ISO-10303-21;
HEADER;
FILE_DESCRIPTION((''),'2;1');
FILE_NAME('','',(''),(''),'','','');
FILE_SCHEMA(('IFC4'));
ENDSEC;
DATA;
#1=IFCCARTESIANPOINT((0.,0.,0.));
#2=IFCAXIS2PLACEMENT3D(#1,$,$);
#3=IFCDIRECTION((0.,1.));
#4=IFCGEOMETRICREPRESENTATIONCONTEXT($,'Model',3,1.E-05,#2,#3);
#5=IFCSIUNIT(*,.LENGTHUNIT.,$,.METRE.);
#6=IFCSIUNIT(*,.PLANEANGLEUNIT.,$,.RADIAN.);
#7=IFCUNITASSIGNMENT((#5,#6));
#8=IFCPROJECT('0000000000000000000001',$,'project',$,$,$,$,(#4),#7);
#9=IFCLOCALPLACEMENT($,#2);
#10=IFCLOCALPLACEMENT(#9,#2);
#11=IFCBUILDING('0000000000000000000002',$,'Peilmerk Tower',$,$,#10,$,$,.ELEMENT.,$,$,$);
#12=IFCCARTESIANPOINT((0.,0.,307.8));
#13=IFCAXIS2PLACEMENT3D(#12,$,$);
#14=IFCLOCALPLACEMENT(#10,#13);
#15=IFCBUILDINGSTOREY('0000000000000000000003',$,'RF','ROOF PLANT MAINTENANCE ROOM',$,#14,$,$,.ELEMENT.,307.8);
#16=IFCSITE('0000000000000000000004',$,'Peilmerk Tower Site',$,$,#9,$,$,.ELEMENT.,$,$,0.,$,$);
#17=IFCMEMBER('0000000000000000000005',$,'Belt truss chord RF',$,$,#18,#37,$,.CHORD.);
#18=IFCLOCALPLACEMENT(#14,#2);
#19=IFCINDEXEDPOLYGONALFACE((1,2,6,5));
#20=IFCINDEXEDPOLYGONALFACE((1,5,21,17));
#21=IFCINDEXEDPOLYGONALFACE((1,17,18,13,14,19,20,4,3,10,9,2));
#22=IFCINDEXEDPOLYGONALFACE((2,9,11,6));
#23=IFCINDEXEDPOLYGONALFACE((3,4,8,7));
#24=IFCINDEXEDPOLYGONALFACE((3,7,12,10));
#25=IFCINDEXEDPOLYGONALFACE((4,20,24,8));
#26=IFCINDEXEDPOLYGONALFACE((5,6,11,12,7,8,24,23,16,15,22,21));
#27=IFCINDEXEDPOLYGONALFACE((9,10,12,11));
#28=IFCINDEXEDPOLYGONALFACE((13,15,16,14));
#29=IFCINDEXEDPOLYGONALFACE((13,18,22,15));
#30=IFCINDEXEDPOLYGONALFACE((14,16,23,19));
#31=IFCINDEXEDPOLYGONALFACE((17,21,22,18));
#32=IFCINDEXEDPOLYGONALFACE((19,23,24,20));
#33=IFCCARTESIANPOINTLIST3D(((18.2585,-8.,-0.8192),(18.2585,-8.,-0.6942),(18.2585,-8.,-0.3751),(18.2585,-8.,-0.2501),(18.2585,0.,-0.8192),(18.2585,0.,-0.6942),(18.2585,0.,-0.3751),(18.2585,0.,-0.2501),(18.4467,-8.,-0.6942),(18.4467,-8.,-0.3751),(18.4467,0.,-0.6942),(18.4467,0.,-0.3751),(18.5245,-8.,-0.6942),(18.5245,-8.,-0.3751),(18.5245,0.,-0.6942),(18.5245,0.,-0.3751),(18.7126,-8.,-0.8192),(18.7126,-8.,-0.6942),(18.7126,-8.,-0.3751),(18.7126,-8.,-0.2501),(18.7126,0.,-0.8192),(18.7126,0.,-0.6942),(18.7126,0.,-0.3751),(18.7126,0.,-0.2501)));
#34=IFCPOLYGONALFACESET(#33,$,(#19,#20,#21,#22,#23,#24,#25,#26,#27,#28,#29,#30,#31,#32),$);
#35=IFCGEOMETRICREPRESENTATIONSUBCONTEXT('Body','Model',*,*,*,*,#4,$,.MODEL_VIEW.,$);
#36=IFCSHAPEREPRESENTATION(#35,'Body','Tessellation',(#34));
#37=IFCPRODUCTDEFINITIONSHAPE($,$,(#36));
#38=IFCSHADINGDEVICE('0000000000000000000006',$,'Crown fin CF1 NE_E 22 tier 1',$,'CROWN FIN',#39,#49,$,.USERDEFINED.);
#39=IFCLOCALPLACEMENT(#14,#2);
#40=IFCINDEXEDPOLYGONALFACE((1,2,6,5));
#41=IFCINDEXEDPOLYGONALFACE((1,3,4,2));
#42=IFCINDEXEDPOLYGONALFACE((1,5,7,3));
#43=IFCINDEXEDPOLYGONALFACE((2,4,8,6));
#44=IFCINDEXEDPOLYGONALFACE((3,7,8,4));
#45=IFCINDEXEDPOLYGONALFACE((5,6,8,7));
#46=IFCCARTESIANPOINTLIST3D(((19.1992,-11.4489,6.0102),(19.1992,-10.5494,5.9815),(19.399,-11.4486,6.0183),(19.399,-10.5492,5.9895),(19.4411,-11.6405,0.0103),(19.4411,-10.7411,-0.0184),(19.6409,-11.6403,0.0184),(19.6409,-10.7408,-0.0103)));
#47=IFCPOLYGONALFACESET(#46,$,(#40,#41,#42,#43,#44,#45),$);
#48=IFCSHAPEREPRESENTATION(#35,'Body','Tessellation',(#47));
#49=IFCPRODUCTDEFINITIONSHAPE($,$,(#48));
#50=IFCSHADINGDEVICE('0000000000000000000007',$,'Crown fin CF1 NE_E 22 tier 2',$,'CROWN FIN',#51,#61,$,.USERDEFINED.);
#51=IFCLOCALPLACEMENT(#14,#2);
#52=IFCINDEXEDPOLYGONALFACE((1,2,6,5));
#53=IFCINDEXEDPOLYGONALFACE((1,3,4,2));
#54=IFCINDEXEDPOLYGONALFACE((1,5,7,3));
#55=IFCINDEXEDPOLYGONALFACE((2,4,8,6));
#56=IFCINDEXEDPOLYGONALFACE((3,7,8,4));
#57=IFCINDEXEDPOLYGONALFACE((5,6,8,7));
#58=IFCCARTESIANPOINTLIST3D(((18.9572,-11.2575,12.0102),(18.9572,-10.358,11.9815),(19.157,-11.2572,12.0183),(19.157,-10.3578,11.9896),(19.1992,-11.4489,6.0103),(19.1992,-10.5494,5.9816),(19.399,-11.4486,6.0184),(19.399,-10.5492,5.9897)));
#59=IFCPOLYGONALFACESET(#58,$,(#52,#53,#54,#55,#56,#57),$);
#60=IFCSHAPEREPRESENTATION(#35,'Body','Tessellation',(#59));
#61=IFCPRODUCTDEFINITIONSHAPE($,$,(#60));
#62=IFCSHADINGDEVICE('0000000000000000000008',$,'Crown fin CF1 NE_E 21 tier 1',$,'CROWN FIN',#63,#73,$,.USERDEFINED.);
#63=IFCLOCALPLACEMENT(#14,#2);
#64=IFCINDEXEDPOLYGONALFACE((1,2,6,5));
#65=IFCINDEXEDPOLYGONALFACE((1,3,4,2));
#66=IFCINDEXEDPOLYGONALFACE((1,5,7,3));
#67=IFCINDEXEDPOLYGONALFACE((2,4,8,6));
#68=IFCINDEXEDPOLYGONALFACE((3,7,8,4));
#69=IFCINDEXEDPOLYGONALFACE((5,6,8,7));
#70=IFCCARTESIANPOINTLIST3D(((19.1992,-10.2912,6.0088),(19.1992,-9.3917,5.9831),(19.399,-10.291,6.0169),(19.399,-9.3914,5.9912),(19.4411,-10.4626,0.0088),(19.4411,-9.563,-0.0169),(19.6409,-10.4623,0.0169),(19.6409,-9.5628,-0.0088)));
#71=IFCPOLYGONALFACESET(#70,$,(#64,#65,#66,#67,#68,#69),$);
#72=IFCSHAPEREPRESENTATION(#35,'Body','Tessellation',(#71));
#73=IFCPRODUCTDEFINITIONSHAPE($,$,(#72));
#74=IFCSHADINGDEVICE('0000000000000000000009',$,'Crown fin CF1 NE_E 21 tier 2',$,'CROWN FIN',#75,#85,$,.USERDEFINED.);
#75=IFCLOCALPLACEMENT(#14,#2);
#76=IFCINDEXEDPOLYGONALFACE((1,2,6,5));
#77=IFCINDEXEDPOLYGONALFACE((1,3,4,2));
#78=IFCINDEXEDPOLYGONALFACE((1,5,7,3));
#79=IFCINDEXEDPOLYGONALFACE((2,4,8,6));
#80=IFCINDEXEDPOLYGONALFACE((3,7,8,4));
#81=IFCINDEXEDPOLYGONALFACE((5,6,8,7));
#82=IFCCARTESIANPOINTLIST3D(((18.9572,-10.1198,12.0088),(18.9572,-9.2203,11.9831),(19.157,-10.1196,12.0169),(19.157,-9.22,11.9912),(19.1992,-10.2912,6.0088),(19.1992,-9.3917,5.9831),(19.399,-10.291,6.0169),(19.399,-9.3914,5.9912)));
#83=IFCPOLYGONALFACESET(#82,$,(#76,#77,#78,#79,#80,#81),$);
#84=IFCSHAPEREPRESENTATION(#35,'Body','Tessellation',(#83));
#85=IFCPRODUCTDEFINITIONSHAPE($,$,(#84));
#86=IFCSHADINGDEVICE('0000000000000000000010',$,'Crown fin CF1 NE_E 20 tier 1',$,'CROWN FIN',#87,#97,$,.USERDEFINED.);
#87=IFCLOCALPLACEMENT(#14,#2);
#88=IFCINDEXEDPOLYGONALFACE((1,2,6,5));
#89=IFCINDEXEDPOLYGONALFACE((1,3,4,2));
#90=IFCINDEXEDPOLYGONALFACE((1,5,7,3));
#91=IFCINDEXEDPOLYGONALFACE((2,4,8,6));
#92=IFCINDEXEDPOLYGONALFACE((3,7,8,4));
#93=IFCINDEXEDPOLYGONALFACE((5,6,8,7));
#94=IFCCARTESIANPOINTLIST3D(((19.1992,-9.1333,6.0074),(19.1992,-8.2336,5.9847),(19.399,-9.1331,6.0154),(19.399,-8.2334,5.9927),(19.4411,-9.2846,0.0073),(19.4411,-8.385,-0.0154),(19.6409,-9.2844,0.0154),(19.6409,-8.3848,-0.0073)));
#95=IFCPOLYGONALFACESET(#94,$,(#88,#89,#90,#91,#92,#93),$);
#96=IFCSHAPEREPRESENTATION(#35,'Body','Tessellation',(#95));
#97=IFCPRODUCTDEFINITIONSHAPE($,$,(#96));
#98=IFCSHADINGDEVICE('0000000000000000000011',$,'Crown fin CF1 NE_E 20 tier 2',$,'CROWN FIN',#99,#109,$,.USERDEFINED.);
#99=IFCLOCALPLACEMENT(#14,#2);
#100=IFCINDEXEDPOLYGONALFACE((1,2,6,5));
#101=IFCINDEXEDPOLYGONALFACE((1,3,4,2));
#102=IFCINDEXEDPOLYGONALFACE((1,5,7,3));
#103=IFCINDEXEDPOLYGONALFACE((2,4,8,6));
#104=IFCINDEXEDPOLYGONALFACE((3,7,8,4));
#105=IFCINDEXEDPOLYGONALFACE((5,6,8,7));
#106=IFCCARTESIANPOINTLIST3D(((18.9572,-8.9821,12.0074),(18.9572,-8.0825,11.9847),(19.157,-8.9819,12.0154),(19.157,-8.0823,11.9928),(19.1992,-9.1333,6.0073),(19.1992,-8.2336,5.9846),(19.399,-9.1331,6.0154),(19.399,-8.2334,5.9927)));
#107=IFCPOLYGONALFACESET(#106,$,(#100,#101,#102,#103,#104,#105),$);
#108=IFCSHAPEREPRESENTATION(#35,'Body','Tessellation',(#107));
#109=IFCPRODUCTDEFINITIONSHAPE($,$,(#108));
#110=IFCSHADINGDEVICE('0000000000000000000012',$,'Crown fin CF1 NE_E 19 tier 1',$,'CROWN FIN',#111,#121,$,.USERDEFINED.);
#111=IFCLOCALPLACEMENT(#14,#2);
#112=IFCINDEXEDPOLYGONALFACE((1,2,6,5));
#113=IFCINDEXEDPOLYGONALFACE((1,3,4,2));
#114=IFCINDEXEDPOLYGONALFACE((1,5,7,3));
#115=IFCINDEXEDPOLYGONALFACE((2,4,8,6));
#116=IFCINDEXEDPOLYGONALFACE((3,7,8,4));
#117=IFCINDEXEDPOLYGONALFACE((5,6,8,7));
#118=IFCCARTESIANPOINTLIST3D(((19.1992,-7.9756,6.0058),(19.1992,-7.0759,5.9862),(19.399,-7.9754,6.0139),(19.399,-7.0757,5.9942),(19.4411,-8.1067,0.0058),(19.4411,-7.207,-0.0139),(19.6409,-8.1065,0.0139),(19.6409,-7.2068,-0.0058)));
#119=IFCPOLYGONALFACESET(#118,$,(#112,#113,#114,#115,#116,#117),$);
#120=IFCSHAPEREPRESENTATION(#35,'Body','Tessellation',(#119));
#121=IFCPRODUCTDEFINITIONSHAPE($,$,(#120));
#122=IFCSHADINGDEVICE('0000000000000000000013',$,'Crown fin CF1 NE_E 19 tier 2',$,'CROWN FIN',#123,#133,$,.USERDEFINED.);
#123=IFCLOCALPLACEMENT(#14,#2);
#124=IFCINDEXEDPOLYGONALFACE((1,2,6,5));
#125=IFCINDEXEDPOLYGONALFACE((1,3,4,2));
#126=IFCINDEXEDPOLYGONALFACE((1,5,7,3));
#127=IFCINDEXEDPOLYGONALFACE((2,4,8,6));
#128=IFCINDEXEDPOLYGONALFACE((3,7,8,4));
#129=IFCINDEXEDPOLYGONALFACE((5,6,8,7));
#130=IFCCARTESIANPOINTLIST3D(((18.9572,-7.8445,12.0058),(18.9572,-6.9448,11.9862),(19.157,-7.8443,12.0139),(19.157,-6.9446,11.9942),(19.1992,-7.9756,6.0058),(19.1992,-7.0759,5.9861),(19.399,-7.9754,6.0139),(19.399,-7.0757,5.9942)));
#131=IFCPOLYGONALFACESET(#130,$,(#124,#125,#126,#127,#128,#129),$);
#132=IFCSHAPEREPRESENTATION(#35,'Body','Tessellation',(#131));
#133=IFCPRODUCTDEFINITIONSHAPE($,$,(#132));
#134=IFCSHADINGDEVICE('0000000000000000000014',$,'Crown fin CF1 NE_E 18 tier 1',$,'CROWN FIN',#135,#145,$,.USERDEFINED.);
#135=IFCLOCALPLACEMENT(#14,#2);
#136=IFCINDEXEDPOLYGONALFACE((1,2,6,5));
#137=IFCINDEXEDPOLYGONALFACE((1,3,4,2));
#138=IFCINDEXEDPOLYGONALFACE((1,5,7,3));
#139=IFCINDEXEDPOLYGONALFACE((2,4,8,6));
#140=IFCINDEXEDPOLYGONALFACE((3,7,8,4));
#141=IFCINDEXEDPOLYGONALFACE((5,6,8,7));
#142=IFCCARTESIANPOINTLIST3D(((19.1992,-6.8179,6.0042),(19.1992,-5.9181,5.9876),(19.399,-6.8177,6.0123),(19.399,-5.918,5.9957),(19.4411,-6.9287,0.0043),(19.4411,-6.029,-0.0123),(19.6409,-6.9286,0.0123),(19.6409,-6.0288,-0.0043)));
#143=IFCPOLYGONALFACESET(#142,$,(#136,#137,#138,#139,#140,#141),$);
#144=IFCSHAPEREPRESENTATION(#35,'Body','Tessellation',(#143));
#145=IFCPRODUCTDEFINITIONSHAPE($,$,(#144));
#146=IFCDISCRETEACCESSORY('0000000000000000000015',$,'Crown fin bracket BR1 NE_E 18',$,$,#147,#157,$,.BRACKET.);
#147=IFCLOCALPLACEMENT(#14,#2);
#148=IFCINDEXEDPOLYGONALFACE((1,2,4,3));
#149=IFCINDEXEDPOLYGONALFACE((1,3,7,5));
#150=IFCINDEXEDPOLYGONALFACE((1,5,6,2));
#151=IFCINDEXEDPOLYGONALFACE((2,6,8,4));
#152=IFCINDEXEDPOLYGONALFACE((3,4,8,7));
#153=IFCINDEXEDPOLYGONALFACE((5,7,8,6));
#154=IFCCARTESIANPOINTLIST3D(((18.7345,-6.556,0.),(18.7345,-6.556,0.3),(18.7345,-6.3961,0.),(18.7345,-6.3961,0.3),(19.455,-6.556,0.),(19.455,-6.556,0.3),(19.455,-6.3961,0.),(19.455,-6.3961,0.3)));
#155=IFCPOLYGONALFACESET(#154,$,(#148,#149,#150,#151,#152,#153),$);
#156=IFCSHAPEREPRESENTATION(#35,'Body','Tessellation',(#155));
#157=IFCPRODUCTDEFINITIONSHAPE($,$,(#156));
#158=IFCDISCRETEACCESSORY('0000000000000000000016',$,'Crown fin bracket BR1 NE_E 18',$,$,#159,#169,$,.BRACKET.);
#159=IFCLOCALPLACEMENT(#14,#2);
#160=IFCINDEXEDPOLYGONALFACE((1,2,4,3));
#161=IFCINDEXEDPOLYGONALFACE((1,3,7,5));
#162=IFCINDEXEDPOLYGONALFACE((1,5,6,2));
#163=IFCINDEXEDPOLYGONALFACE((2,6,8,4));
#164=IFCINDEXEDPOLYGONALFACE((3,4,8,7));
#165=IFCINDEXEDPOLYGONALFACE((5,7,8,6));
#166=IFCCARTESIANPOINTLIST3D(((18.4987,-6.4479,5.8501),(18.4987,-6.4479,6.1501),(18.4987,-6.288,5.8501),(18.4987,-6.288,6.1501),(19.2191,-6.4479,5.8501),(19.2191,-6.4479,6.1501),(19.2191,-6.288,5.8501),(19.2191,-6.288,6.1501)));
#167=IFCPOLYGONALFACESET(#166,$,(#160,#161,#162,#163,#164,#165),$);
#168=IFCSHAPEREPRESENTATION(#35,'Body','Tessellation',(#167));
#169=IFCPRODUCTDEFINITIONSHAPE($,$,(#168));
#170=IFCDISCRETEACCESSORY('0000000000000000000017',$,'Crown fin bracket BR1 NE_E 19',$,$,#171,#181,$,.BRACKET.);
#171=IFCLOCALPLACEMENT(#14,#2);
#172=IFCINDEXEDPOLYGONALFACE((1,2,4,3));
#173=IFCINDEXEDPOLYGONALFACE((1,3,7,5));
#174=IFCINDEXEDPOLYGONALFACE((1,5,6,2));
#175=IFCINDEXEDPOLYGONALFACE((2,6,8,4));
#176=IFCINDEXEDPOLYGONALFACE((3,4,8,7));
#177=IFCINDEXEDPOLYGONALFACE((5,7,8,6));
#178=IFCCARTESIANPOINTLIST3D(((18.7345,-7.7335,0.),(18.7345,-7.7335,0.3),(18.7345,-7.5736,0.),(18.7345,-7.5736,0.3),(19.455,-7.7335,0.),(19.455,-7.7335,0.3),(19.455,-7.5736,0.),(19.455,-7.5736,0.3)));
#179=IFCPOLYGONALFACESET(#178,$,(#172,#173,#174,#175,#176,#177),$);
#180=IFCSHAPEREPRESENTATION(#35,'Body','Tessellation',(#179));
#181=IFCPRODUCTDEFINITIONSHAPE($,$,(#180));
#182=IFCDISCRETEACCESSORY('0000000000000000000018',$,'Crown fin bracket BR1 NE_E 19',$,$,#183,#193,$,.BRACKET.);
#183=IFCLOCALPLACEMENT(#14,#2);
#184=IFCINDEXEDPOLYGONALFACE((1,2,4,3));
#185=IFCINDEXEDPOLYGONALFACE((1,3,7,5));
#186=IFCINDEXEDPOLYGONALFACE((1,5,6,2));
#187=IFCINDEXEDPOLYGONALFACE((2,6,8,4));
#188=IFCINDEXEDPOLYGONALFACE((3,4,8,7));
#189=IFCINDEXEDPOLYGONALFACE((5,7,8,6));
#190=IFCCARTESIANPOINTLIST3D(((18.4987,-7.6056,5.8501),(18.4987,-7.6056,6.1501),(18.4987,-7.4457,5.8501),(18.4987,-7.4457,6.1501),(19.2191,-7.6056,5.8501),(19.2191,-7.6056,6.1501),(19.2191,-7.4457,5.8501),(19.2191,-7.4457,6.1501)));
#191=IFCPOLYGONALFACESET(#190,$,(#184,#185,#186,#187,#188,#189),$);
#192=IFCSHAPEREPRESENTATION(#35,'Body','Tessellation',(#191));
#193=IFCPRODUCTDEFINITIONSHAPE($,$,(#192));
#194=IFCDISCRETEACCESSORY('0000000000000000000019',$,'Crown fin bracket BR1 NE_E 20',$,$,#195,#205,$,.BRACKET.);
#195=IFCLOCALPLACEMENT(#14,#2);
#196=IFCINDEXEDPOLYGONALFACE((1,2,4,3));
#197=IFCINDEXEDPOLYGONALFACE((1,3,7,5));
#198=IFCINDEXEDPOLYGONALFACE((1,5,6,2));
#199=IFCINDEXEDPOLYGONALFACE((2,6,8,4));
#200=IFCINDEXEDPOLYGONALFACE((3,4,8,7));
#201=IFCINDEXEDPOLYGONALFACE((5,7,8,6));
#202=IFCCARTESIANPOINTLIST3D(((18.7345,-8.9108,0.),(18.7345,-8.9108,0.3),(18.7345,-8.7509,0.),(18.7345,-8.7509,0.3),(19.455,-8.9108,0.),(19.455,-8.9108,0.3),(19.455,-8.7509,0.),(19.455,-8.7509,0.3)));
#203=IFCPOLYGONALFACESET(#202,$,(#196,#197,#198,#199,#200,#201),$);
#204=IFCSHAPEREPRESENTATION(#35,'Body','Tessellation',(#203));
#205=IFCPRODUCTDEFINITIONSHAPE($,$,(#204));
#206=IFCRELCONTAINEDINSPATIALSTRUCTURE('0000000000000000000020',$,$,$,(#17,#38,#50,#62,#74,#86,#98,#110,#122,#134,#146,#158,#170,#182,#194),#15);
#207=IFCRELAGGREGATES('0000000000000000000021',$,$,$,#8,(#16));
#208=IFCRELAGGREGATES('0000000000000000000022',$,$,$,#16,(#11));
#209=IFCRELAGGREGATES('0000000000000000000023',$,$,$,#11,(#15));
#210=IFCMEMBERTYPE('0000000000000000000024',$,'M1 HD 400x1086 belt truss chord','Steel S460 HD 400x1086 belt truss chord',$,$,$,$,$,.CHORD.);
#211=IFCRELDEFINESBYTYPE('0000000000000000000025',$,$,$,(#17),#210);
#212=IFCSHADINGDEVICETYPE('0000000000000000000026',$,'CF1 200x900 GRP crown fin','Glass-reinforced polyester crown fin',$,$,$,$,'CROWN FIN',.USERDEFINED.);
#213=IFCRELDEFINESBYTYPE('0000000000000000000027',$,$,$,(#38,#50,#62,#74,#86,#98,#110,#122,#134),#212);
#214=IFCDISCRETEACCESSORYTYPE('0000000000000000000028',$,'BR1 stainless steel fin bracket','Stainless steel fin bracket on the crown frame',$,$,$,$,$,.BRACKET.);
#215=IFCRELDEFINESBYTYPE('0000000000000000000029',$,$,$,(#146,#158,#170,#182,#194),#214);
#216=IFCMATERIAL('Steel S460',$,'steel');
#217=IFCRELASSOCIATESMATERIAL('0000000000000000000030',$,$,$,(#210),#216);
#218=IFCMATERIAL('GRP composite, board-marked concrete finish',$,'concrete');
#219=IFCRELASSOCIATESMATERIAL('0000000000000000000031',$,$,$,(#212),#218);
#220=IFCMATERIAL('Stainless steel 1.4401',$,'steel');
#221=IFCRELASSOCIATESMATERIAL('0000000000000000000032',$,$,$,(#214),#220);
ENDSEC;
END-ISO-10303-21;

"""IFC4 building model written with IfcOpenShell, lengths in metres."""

from ifc_helpers import new_model, si_unit, direction, frame, origin, origin_2d, place, context, subcontext, project, spatial, rectangle, i_section, extrude, source, transform, mapped, material, material_profile, profile_set, type_object, element, save


model = new_model("IFC4")

# Units and contexts
model_context = context("Model", 3, precision=1e-05, world=origin(), true_north=direction((0.0, 1.0)))
body_context = subcontext(model_context, "Body", "Model", "MODEL_VIEW")
ifc_project = project(units=[si_unit("LENGTHUNIT", "METRE"), si_unit("PLANEANGLEUNIT", "RADIAN")], contexts=[model_context])

# Site, building, storey
site_placement = place(None, origin())
site = spatial("IfcSite", under=ifc_project, at=site_placement, Name="Peilmerk Tower Site", CompositionType="ELEMENT", RefElevation=0.0)
building_placement = place(site_placement, origin())
building = spatial("IfcBuilding", under=site, at=building_placement, Name="Peilmerk Tower", CompositionType="ELEMENT")
storey_placement = place(building_placement, frame((0.0, 0.0, 307.8)))
storey = spatial("IfcBuildingStorey", under=building, at=storey_placement, Name="RF", Description="ROOF PLANT MAINTENANCE ROOM", CompositionType="ELEMENT", Elevation=307.8)

# Member
ifc_material_1 = material(Name="Steel S460", Category="steel")
ifc_material_profile_1 = material_profile(ifc_material_1, i_section(OverallWidth=0.4541, OverallDepth=0.5691, WebThickness=0.0779, FlangeThickness=0.125, at=origin_2d()), Name="HD 400x1086")
ifc_profile_set_1 = profile_set([ifc_material_profile_1], Name="Steel S460")
member_type = type_object("IfcMemberType", Name="M1 HD 400x1086 belt truss chord", Description="Steel S460 HD 400x1086 belt truss chord", PredefinedType="CHORD", material=ifc_profile_set_1)
member_placement = place(storey_placement, frame((18.4856, -8.0, -0.5347), z_axis=(0.0, 1.0, 0.0), x_axis=(-1.0, 0.0, 0.0)))
element("IfcMember", 1, at=member_placement, inside=storey, type_object=member_type, Name="Belt truss chord RF", PredefinedType="CHORD", context=body_context, shape_type="SweptSolid", body=[
    extrude(i_section(OverallWidth=0.4541, OverallDepth=0.5691, WebThickness=0.0779, FlangeThickness=0.125, at=origin_2d()), origin(), (0.0, 0.0, 1.0), 8.0),
])

# Shading devices
ifc_material_2 = material(Name="GRP composite, board-marked concrete finish", Category="concrete")
ifc_material_profile_2 = material_profile(ifc_material_2, rectangle(XDim=0.2, YDim=0.8999, at=origin_2d()), Name="CF1 200x900")
ifc_profile_set_2 = profile_set([ifc_material_profile_2], Name="GRP composite, board-marked concrete finish")
shading_device_type = type_object("IfcShadingDeviceType", Name="CF1 200x900 GRP crown fin", Description="Glass-reinforced polyester crown fin", ElementType="CROWN FIN", PredefinedType="USERDEFINED", material=ifc_profile_set_2)
shared_shape_1 = source(origin(), body_context, "Body", "SweptSolid", [
    extrude(rectangle(XDim=0.2, YDim=0.8999, at=origin_2d()), origin(), (0.0, 0.0, 1.0), 6.0078),
])
for number, where, z_axis, x_axis, name in (
    (2, (19.541, -11.1907, 0.0), (-0.040271, 0.0319, 0.998679), (0.999189, 0.001286, 0.04025), "Crown fin CF1 NE_E 22 tier 1"),
    (3, (19.2991, -10.999, 6.0), (-0.040271, 0.031859, 0.998681), (0.999189, 0.001284, 0.04025), "Crown fin CF1 NE_E 22 tier 2"),
):
    element("IfcShadingDevice", number, at=place(storey_placement, frame(where, z_axis=z_axis, x_axis=x_axis)), inside=storey, type_object=shading_device_type, Name=name, ObjectType="CROWN FIN", PredefinedType="USERDEFINED", context=body_context, shape_type="MappedRepresentation", body=[
        mapped(shared_shape_1, transform((0.0, 0.0, 0.0), scale=1.0)),
    ])
shared_shape_2 = source(origin(), body_context, "Body", "SweptSolid", [
    extrude(rectangle(XDim=0.2, YDim=0.8999, at=origin_2d()), origin(), (0.0, 0.0, 1.0), 6.0073),
])
for number, where, z_axis, x_axis, name in (
    (4, (19.541, -10.0127, 0.0), (-0.040275, 0.02853, 0.998781), (0.999189, 0.00115, 0.040258), "Crown fin CF1 NE_E 21 tier 1"),
    (5, (19.2991, -9.8413, 6.0), (-0.040275, 0.02853, 0.998781), (0.999189, 0.00115, 0.040258), "Crown fin CF1 NE_E 21 tier 2"),
):
    element("IfcShadingDevice", number, at=place(storey_placement, frame(where, z_axis=z_axis, x_axis=x_axis)), inside=storey, type_object=shading_device_type, Name=name, ObjectType="CROWN FIN", PredefinedType="USERDEFINED", context=body_context, shape_type="MappedRepresentation", body=[
        mapped(shared_shape_2, transform((0.0, 0.0, 0.0), scale=1.0)),
    ])
shared_shape_3 = source(origin(), body_context, "Body", "SweptSolid", [
    extrude(rectangle(XDim=0.2, YDim=0.8999, at=origin_2d()), origin(), (0.0, 0.0, 1.0), 6.0068),
])
for number, where, z_axis, x_axis, name in (
    (6, (19.541, -8.8347, 0.0), (-0.040278, 0.025199, 0.998871), (0.999188, 0.001016, 0.040266), "Crown fin CF1 NE_E 20 tier 1"),
    (7, (19.2991, -8.6833, 6.0), (-0.040278, 0.025159, 0.998872), (0.999188, 0.001014, 0.040266), "Crown fin CF1 NE_E 20 tier 2"),
):
    element("IfcShadingDevice", number, at=place(storey_placement, frame(where, z_axis=z_axis, x_axis=x_axis)), inside=storey, type_object=shading_device_type, Name=name, ObjectType="CROWN FIN", PredefinedType="USERDEFINED", context=body_context, shape_type="MappedRepresentation", body=[
        mapped(shared_shape_3, transform((0.0, 0.0, 0.0), scale=1.0)),
    ])
shared_shape_4 = source(origin(), body_context, "Body", "SweptSolid", [
    extrude(rectangle(XDim=0.2, YDim=0.8999, at=origin_2d()), origin(), (0.0, 0.0, 1.0), 6.0063),
])
for number, where, z_axis, x_axis, name in (
    (8, (19.541, -7.6567, 0.0), (-0.040282, 0.021828, 0.99895), (0.999188, 0.00088, 0.040272), "Crown fin CF1 NE_E 19 tier 1"),
    (9, (19.2991, -7.5256, 6.0), (-0.040282, 0.021828, 0.99895), (0.999188, 0.00088, 0.040272), "Crown fin CF1 NE_E 19 tier 2"),
):
    element("IfcShadingDevice", number, at=place(storey_placement, frame(where, z_axis=z_axis, x_axis=x_axis)), inside=storey, type_object=shading_device_type, Name=name, ObjectType="CROWN FIN", PredefinedType="USERDEFINED", context=body_context, shape_type="MappedRepresentation", body=[
        mapped(shared_shape_4, transform((0.0, 0.0, 0.0), scale=1.0)),
    ])
shared_shape_5 = source(origin(), body_context, "Body", "SweptSolid", [
    extrude(rectangle(XDim=0.2, YDim=0.8999, at=origin_2d()), origin(), (0.0, 0.0, 1.0), 6.0059),
])
shading_device_placement = place(storey_placement, frame((19.541, -6.4788, 0.0), z_axis=(-0.040284, 0.018455, 0.999018), x_axis=(0.999188, 0.000744, 0.040277)))
element("IfcShadingDevice", 10, at=shading_device_placement, inside=storey, type_object=shading_device_type, Name="Crown fin CF1 NE_E 18 tier 1", ObjectType="CROWN FIN", PredefinedType="USERDEFINED", context=body_context, shape_type="MappedRepresentation", body=[
    mapped(shared_shape_5, transform((0.0, 0.0, 0.0), scale=1.0)),
])

# Discrete accessories
ifc_material_3 = material(Name="Stainless steel 1.4401", Category="steel")
discrete_accessory_type = type_object("IfcDiscreteAccessoryType", Name="BR1 stainless steel fin bracket", Description="Stainless steel fin bracket on the crown frame", PredefinedType="BRACKET", material=ifc_material_3)
shared_shape_6 = source(origin(), body_context, "Body", "SweptSolid", [
    extrude(rectangle(XDim=0.7205, YDim=0.1599, at=origin_2d()), origin(), (0.0, 0.0, 1.0), 0.3),
])
for number, where, z_axis, x_axis, name in (
    (11, (19.0947, -6.4761, 0.0), (0.0, 0.0, 1.0), (1.0, 0.0, 0.0), "Crown fin bracket BR1 NE_E 18"),
    (12, (18.8589, -6.3679, 5.8501), (0.0, 0.0, 1.0), (1.0, 0.0, 0.0), "Crown fin bracket BR1 NE_E 18"),
    (13, (19.0947, -7.6536, 0.0), (0.0, 0.0, 1.0), (1.0, 0.0, 0.0), "Crown fin bracket BR1 NE_E 19"),
    (14, (18.8589, -7.5256, 5.8501), (0.0, 0.0, 1.0), (1.0, 0.0, 0.0), "Crown fin bracket BR1 NE_E 19"),
    (15, (19.0947, -8.8308, 0.0), (0.0, 0.0, 1.0), (1.0, 0.0, 0.0), "Crown fin bracket BR1 NE_E 20"),
):
    element("IfcDiscreteAccessory", number, at=place(storey_placement, frame(where, z_axis=z_axis, x_axis=x_axis)), inside=storey, type_object=discrete_accessory_type, Name=name, PredefinedType="BRACKET", context=body_context, shape_type="MappedRepresentation", body=[
        mapped(shared_shape_6, transform((0.0, 0.0, 0.0), scale=1.0)),
    ])

save(model, "model.ifc")
